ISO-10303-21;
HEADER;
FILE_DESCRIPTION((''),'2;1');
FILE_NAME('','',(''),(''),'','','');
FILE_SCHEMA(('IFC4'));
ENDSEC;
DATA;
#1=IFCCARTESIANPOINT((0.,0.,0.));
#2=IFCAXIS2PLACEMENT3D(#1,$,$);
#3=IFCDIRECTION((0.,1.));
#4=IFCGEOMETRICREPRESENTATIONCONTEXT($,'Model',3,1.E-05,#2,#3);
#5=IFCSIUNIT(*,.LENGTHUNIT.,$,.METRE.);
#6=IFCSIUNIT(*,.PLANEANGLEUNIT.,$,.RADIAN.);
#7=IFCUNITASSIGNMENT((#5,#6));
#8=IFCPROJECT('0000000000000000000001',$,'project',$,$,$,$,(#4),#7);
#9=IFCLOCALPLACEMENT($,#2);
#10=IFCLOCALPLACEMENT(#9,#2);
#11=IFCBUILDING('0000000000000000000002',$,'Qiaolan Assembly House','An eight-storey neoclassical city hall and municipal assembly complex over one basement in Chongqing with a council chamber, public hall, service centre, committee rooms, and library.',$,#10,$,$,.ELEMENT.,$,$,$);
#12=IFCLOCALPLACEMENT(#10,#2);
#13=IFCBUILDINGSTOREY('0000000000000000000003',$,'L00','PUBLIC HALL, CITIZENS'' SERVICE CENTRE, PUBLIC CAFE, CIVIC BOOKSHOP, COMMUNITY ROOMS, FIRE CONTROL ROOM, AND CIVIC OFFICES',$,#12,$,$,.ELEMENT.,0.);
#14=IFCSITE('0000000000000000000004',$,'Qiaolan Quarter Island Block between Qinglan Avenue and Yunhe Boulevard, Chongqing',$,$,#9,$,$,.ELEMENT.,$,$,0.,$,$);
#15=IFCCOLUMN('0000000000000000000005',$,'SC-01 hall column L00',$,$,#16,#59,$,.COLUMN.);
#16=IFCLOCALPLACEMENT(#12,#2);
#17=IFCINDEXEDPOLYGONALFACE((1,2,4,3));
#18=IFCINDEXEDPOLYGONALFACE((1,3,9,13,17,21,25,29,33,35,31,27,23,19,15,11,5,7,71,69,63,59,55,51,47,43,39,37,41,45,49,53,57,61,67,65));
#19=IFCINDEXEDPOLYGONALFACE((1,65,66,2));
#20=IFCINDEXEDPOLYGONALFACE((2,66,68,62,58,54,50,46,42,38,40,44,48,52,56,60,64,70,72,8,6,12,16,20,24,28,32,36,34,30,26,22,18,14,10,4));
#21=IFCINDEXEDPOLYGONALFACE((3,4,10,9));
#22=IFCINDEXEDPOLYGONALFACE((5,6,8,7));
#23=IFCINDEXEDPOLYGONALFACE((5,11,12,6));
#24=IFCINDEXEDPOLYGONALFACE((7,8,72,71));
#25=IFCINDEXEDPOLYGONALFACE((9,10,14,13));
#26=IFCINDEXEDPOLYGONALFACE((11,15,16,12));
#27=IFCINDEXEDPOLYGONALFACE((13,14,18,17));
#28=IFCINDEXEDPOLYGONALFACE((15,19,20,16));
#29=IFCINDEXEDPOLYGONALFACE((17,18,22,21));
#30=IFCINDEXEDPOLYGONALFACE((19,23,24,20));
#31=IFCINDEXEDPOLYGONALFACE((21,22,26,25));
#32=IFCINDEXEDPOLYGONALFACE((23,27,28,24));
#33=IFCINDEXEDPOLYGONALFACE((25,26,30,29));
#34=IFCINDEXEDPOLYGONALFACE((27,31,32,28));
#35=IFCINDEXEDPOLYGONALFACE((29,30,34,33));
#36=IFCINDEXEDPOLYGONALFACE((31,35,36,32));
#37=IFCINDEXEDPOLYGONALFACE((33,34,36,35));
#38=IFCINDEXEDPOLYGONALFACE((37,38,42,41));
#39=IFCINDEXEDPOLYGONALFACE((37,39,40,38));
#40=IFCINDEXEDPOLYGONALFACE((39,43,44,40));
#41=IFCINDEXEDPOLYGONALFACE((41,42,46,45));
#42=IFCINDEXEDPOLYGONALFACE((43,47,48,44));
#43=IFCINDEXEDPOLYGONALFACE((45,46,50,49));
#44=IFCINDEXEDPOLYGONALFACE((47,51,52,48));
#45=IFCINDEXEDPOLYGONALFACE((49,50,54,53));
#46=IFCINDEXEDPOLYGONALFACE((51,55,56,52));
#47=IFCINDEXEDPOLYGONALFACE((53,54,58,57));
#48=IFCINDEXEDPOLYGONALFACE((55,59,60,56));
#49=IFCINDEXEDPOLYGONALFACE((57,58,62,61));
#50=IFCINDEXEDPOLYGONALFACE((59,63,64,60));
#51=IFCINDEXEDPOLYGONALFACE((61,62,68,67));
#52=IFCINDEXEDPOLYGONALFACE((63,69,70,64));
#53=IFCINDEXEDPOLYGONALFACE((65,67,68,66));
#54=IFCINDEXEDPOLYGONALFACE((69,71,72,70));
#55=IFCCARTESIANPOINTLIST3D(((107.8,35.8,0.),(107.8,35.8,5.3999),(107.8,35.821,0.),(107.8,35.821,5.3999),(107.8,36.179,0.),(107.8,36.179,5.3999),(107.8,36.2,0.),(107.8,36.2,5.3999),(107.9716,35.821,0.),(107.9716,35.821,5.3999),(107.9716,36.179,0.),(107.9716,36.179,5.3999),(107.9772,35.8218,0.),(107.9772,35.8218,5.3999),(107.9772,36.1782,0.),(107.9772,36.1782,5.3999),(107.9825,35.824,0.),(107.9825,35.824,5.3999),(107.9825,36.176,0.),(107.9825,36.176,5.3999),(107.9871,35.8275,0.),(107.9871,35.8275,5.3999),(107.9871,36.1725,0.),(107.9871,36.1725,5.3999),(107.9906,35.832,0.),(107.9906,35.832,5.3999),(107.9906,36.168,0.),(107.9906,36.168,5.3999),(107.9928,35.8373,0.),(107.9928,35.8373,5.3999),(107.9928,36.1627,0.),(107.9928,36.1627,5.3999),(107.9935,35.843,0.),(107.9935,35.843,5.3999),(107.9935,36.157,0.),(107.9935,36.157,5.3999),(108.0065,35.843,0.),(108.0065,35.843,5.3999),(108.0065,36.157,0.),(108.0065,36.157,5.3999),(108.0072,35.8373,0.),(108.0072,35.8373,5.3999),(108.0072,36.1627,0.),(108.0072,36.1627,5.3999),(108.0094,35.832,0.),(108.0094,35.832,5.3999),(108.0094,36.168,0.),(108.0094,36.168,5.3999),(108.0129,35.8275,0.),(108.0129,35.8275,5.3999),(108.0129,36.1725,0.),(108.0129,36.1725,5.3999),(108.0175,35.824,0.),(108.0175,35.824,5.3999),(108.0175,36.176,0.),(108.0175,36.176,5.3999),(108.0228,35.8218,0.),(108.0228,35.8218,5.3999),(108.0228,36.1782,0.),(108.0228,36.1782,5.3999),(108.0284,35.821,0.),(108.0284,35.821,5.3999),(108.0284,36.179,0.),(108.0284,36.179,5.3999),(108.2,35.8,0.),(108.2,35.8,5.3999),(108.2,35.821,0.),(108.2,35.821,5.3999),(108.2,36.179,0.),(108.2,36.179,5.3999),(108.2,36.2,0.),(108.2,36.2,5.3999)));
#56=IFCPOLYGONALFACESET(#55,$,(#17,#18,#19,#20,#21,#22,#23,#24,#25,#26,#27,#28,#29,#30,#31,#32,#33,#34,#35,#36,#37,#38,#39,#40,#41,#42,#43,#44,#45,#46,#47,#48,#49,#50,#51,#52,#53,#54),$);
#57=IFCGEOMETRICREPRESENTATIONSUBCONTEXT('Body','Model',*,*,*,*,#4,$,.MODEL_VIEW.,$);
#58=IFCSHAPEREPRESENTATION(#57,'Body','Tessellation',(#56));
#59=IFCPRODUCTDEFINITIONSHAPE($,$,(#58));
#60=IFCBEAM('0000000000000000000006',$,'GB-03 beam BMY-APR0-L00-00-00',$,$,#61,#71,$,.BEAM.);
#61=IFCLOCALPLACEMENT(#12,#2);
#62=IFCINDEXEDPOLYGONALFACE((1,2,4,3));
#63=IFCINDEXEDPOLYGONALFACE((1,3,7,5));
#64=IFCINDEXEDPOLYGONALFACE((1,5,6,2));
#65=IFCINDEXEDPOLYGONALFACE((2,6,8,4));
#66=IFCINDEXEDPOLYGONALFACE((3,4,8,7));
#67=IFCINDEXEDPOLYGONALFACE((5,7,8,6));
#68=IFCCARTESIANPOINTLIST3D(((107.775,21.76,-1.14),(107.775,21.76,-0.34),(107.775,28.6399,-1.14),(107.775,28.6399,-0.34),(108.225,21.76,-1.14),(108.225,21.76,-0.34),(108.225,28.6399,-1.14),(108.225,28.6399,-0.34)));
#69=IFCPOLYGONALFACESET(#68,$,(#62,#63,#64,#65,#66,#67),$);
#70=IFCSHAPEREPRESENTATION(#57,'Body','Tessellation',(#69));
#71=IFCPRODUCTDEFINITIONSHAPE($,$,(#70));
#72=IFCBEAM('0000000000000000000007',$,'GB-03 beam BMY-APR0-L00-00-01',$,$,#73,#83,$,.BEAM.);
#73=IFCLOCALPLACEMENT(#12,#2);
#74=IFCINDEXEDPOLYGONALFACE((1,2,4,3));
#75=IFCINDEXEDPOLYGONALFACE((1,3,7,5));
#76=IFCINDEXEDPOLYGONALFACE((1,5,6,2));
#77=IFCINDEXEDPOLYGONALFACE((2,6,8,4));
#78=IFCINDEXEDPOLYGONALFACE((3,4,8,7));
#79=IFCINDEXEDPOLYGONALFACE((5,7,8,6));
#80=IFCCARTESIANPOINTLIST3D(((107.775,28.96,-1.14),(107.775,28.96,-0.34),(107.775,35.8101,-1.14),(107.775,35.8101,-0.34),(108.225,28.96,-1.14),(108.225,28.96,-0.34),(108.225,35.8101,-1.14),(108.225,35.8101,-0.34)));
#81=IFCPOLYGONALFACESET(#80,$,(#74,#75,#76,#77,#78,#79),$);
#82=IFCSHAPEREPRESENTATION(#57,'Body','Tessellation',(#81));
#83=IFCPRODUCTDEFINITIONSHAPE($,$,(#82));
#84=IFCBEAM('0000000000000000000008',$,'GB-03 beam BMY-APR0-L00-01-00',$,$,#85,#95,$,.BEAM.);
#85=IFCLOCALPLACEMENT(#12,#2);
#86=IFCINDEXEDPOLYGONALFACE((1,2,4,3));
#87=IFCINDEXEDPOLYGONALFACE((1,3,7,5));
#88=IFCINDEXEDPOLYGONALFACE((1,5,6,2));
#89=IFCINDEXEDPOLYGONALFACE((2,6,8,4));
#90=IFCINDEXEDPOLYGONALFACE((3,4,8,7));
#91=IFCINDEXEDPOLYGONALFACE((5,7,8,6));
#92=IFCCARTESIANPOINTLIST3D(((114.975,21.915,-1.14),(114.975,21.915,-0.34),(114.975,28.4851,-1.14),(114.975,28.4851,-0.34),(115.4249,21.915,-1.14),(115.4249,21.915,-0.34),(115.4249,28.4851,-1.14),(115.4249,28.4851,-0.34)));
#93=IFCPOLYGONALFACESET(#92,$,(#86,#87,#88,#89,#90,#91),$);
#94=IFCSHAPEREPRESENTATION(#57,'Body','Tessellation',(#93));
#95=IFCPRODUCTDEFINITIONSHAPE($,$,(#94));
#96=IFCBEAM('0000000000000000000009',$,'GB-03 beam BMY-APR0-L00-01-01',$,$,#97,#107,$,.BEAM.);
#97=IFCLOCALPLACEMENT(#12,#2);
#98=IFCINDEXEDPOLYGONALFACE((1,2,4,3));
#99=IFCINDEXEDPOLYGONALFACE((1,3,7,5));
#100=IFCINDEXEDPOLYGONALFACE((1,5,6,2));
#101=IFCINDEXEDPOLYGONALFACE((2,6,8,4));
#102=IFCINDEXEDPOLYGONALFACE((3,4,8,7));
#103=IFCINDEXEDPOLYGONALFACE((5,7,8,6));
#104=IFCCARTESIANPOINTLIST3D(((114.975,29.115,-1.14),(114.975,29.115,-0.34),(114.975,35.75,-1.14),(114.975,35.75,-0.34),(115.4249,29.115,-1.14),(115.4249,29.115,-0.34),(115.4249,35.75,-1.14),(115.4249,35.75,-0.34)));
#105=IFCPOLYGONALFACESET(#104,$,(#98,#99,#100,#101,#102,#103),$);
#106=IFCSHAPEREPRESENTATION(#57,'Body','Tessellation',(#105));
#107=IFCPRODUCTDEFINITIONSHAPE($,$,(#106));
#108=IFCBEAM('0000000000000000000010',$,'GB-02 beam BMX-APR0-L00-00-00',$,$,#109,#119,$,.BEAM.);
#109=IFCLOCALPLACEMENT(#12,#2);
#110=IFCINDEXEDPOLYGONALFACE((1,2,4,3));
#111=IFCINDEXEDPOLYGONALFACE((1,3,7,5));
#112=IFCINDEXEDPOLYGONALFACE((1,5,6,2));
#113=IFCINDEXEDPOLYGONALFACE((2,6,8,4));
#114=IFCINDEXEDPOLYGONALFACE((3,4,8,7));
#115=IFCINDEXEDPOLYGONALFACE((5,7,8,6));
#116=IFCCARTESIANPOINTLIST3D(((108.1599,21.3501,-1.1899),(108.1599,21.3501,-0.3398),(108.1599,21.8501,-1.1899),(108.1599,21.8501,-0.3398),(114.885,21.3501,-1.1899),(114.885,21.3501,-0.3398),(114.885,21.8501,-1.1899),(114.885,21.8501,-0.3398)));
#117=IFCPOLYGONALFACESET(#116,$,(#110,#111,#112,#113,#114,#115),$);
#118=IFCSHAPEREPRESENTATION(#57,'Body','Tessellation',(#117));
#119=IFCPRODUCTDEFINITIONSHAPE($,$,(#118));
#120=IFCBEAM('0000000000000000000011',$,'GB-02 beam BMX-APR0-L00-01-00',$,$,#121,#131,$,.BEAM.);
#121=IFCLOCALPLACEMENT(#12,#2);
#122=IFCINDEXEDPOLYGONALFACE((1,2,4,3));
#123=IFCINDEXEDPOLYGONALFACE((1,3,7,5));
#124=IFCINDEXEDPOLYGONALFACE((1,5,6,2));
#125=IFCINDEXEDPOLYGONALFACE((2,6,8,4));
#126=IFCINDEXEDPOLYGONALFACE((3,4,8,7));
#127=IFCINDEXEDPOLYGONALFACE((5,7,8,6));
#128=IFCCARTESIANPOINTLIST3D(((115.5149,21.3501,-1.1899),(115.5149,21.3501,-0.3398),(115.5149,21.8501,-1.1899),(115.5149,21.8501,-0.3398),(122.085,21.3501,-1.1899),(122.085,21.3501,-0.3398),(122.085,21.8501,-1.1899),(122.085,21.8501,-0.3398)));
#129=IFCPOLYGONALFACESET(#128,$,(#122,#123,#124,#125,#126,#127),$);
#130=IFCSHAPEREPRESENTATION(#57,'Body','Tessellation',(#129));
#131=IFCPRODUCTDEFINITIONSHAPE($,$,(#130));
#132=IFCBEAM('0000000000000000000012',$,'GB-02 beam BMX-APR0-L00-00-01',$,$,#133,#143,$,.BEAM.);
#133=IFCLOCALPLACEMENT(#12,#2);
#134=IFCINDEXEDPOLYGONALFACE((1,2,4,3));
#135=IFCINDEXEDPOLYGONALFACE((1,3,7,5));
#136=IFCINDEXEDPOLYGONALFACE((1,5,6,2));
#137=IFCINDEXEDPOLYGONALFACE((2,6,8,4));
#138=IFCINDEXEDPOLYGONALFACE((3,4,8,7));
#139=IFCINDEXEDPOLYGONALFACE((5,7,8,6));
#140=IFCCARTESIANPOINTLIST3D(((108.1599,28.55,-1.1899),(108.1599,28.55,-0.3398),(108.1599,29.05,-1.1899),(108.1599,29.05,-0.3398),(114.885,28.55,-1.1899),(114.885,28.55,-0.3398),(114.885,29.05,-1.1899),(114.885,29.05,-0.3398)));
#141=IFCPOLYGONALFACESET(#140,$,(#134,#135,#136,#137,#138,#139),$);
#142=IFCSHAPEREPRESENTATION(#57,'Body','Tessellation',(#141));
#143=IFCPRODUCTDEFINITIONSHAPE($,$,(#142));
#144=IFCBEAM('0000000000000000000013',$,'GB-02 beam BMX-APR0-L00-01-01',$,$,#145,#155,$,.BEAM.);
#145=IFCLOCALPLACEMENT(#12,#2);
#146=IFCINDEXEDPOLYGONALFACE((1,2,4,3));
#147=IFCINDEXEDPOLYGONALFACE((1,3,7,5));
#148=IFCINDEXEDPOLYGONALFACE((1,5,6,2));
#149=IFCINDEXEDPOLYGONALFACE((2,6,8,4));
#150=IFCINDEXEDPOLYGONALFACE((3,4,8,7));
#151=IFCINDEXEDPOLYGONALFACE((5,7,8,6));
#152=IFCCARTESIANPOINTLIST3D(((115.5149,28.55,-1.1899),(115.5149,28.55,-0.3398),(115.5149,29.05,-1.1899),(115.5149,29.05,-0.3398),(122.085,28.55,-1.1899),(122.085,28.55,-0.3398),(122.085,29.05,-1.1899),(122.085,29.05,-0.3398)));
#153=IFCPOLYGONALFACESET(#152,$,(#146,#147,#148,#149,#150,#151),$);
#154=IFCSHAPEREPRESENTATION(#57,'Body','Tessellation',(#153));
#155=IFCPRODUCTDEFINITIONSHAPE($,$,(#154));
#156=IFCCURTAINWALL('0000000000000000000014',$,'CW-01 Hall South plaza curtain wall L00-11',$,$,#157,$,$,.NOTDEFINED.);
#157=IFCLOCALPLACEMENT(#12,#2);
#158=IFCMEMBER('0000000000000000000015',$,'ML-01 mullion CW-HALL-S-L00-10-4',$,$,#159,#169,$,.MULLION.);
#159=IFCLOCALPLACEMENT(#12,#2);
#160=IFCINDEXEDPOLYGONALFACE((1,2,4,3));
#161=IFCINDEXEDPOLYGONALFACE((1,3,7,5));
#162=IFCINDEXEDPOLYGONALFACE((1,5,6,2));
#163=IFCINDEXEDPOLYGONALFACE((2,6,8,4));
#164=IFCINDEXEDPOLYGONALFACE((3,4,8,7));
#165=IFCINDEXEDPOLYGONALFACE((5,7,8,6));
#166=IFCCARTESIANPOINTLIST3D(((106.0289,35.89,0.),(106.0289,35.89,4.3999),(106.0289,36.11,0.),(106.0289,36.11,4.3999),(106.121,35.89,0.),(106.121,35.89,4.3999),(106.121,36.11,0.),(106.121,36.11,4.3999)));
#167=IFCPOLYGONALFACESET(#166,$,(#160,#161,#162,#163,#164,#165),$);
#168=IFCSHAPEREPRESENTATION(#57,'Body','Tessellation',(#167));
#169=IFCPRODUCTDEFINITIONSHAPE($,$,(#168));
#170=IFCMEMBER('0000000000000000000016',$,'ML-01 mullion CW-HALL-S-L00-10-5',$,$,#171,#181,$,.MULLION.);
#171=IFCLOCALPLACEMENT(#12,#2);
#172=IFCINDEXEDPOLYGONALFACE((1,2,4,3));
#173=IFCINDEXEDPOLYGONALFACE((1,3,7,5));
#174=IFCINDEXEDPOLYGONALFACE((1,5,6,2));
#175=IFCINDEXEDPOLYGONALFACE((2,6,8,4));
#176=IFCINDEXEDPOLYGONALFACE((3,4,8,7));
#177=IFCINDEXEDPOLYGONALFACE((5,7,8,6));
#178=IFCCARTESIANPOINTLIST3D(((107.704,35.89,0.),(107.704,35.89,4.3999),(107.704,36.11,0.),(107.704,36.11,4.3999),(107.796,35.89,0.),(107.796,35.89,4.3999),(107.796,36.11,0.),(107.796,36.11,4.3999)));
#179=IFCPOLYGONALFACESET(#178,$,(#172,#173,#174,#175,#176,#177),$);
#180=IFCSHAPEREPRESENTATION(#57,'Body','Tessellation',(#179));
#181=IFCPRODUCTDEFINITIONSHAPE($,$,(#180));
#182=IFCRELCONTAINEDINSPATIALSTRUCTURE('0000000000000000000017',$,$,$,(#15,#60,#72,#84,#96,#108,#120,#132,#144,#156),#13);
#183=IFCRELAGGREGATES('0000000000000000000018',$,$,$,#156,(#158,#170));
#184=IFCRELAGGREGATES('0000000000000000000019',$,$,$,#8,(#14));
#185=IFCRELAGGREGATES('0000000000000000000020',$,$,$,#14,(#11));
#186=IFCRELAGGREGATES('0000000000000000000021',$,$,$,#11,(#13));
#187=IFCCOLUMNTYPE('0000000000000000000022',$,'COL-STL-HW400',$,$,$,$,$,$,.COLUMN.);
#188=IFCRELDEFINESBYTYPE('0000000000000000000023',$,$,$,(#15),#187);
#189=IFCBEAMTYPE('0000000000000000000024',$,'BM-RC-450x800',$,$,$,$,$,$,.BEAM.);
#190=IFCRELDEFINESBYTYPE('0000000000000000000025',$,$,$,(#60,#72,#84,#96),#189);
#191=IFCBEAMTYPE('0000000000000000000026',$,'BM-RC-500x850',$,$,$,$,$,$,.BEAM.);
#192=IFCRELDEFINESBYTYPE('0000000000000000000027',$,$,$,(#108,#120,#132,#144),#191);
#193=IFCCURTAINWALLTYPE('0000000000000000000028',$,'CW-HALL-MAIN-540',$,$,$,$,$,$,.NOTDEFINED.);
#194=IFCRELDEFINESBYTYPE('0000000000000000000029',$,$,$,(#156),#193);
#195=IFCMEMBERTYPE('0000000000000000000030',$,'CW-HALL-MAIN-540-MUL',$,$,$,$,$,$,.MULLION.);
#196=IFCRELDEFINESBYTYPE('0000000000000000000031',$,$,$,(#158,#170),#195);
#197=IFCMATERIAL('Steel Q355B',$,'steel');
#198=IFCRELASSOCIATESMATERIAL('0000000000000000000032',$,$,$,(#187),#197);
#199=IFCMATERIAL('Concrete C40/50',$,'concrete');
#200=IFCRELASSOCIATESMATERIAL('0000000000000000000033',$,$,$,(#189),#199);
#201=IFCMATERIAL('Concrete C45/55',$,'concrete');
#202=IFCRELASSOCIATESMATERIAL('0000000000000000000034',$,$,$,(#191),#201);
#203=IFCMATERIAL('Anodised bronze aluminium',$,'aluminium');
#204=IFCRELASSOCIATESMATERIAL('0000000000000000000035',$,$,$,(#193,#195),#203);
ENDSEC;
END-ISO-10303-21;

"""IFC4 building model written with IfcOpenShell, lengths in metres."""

from ifc_helpers import new_model, si_unit, direction, frame, origin, origin_2d, place, context, subcontext, project, spatial, rectangle, i_section, extrude, material, material_profile, profile_set, type_object, element, aggregate, save


model = new_model("IFC4")

# Units and contexts
model_context = context("Model", 3, precision=1e-05, world=origin(), true_north=direction((0.0, 1.0)))
body_context = subcontext(model_context, "Body", "Model", "MODEL_VIEW")
ifc_project = project(units=[si_unit("LENGTHUNIT", "METRE"), si_unit("PLANEANGLEUNIT", "RADIAN")], contexts=[model_context])

# Site, building, storey
site_placement = place(None, origin())
site = spatial("IfcSite", under=ifc_project, at=site_placement, Name="Qiaolan Quarter Island Block between Qinglan Avenue and Yunhe Boulevard, Chongqing", CompositionType="ELEMENT", RefElevation=0.0)
building_placement = place(site_placement, origin())
building = spatial("IfcBuilding", under=site, at=building_placement, Name="Qiaolan Assembly House", Description="An eight-storey neoclassical city hall and municipal assembly complex over one basement in Chongqing with a council chamber, public hall, service centre, committee rooms, and library.", CompositionType="ELEMENT")
storey_placement = place(building_placement, origin())
storey = spatial("IfcBuildingStorey", under=building, at=storey_placement, Name="L00", Description="PUBLIC HALL, CITIZENS' SERVICE CENTRE, PUBLIC CAFE, CIVIC BOOKSHOP, COMMUNITY ROOMS, FIRE CONTROL ROOM, AND CIVIC OFFICES", CompositionType="ELEMENT", Elevation=0.0)

# Column
ifc_material_1 = material(Name="Steel Q355B", Category="steel")
ifc_material_profile_1 = material_profile(ifc_material_1, i_section(OverallWidth=0.3999, OverallDepth=0.3999, WebThickness=0.0129, FlangeThickness=0.021, FilletRadius=0.022, at=origin_2d()), Name="HW 400x400x13x21")
ifc_profile_set_1 = profile_set([ifc_material_profile_1], Name="Steel Q355B")
column_type = type_object("IfcColumnType", Name="COL-STL-HW400", PredefinedType="COLUMN", material=ifc_profile_set_1)
column_placement = place(storey_placement, frame((108.0, 36.0, 0.0), z_axis=(0.0, 0.0, 1.0), x_axis=(1.0, 0.0, 0.0)))
element("IfcColumn", 1, at=column_placement, inside=storey, type_object=column_type, Name="SC-01 hall column L00", PredefinedType="COLUMN", context=body_context, shape_type="SweptSolid", body=[
    extrude(i_section(OverallWidth=0.3999, OverallDepth=0.3999, WebThickness=0.0129, FlangeThickness=0.021, FilletRadius=0.022, at=origin_2d()), origin(), (0.0, 0.0, 1.0), 5.3999),
])

# Beams
ifc_material_2 = material(Name="Concrete C40/50", Category="concrete")
ifc_material_profile_2 = material_profile(ifc_material_2, rectangle(XDim=0.45, YDim=0.8, at=origin_2d()), Name="RCB 450x800")
ifc_profile_set_2 = profile_set([ifc_material_profile_2], Name="Concrete C40/50")
beam_type_1 = type_object("IfcBeamType", Name="BM-RC-450x800", PredefinedType="BEAM", material=ifc_profile_set_2)
beam_1_placement = place(storey_placement, frame((108.0, 21.76, -0.74), z_axis=(0.0, 1.0, 0.0), x_axis=(-1.0, 0.0, 0.0)))
element("IfcBeam", 2, at=beam_1_placement, inside=storey, type_object=beam_type_1, Name="GB-03 beam BMY-APR0-L00-00-00", PredefinedType="BEAM", context=body_context, shape_type="SweptSolid", body=[
    extrude(rectangle(XDim=0.45, YDim=0.8, at=origin_2d()), origin(), (0.0, 0.0, 1.0), 6.8799),
])
beam_2_placement = place(storey_placement, frame((108.0, 28.96, -0.74), z_axis=(0.0, 1.0, 0.0), x_axis=(-1.0, 0.0, 0.0)))
element("IfcBeam", 3, at=beam_2_placement, inside=storey, type_object=beam_type_1, Name="GB-03 beam BMY-APR0-L00-00-01", PredefinedType="BEAM", context=body_context, shape_type="SweptSolid", body=[
    extrude(rectangle(XDim=0.45, YDim=0.8, at=origin_2d()), origin(), (0.0, 0.0, 1.0), 6.8501),
])
beam_3_placement = place(storey_placement, frame((115.2, 21.915, -0.74), z_axis=(0.0, 1.0, 0.0), x_axis=(-1.0, 0.0, 0.0)))
element("IfcBeam", 4, at=beam_3_placement, inside=storey, type_object=beam_type_1, Name="GB-03 beam BMY-APR0-L00-01-00", PredefinedType="BEAM", context=body_context, shape_type="SweptSolid", body=[
    extrude(rectangle(XDim=0.45, YDim=0.8, at=origin_2d()), origin(), (0.0, 0.0, 1.0), 6.5701),
])
beam_4_placement = place(storey_placement, frame((115.2, 29.115, -0.74), z_axis=(0.0, 1.0, 0.0), x_axis=(-1.0, 0.0, 0.0)))
element("IfcBeam", 5, at=beam_4_placement, inside=storey, type_object=beam_type_1, Name="GB-03 beam BMY-APR0-L00-01-01", PredefinedType="BEAM", context=body_context, shape_type="SweptSolid", body=[
    extrude(rectangle(XDim=0.45, YDim=0.8, at=origin_2d()), origin(), (0.0, 0.0, 1.0), 6.635),
])
ifc_material_3 = material(Name="Concrete C45/55", Category="concrete")
ifc_material_profile_3 = material_profile(ifc_material_3, rectangle(XDim=0.5, YDim=0.8501, at=origin_2d()), Name="RCB 500x850")
ifc_profile_set_3 = profile_set([ifc_material_profile_3], Name="Concrete C45/55")
beam_type_2 = type_object("IfcBeamType", Name="BM-RC-500x850", PredefinedType="BEAM", material=ifc_profile_set_3)
beam_5_placement = place(storey_placement, frame((108.1599, 21.6001, -0.7649), z_axis=(1.0, 0.0, 0.0), x_axis=(0.0, 1.0, 0.0)))
element("IfcBeam", 6, at=beam_5_placement, inside=storey, type_object=beam_type_2, Name="GB-02 beam BMX-APR0-L00-00-00", PredefinedType="BEAM", context=body_context, shape_type="SweptSolid", body=[
    extrude(rectangle(XDim=0.5, YDim=0.8501, at=origin_2d()), origin(), (0.0, 0.0, 1.0), 6.7251),
])
beam_6_placement = place(storey_placement, frame((115.5149, 21.6001, -0.7649), z_axis=(1.0, 0.0, 0.0), x_axis=(0.0, 1.0, 0.0)))
element("IfcBeam", 7, at=beam_6_placement, inside=storey, type_object=beam_type_2, Name="GB-02 beam BMX-APR0-L00-01-00", PredefinedType="BEAM", context=body_context, shape_type="SweptSolid", body=[
    extrude(rectangle(XDim=0.5, YDim=0.8501, at=origin_2d()), origin(), (0.0, 0.0, 1.0), 6.5701),
])
beam_7_placement = place(storey_placement, frame((108.1599, 28.8, -0.7649), z_axis=(1.0, 0.0, 0.0), x_axis=(0.0, 1.0, 0.0)))
element("IfcBeam", 8, at=beam_7_placement, inside=storey, type_object=beam_type_2, Name="GB-02 beam BMX-APR0-L00-00-01", PredefinedType="BEAM", context=body_context, shape_type="SweptSolid", body=[
    extrude(rectangle(XDim=0.5, YDim=0.8501, at=origin_2d()), origin(), (0.0, 0.0, 1.0), 6.7251),
])
beam_8_placement = place(storey_placement, frame((115.5149, 28.8, -0.7649), z_axis=(1.0, 0.0, 0.0), x_axis=(0.0, 1.0, 0.0)))
element("IfcBeam", 9, at=beam_8_placement, inside=storey, type_object=beam_type_2, Name="GB-02 beam BMX-APR0-L00-01-01", PredefinedType="BEAM", context=body_context, shape_type="SweptSolid", body=[
    extrude(rectangle(XDim=0.5, YDim=0.8501, at=origin_2d()), origin(), (0.0, 0.0, 1.0), 6.5701),
])

# Curtain wall, members
ifc_material_4 = material(Name="Anodised bronze aluminium", Category="aluminium")
curtain_wall_type = type_object("IfcCurtainWallType", Name="CW-HALL-MAIN-540", PredefinedType="NOTDEFINED", material=ifc_material_4)
curtain_wall_placement = place(storey_placement, origin())
curtain_wall = element("IfcCurtainWall", 10, at=curtain_wall_placement, inside=storey, type_object=curtain_wall_type, Name="CW-01 Hall South plaza curtain wall L00-11", PredefinedType="NOTDEFINED")
ifc_material_profile_4 = material_profile(ifc_material_4, rectangle(XDim=0.092, YDim=0.22, at=origin_2d()), Name="MUL 92x220")
ifc_profile_set_4 = profile_set([ifc_material_profile_4], Name="Anodised bronze aluminium")
member_type_1 = type_object("IfcMemberType", Name="CW-HALL-MAIN-540-MUL", PredefinedType="MULLION", material=ifc_profile_set_4)
member_1_placement = place(storey_placement, frame((106.075, 36.0, 0.0), z_axis=(0.0, 0.0, 1.0), x_axis=(1.0, 0.0, 0.0)))
member_1 = element("IfcMember", 11, at=member_1_placement, type_object=member_type_1, Name="ML-01 mullion CW-HALL-S-L00-10-4", PredefinedType="MULLION", context=body_context, shape_type="SweptSolid", body=[
    extrude(rectangle(XDim=0.092, YDim=0.22, at=origin_2d()), origin(), (0.0, 0.0, 1.0), 4.3999),
])
member_2_placement = place(storey_placement, frame((107.75, 36.0, 0.0), z_axis=(0.0, 0.0, 1.0), x_axis=(1.0, 0.0, 0.0)))
member_2 = element("IfcMember", 12, at=member_2_placement, type_object=member_type_1, Name="ML-01 mullion CW-HALL-S-L00-10-5", PredefinedType="MULLION", context=body_context, shape_type="SweptSolid", body=[
    extrude(rectangle(XDim=0.092, YDim=0.22, at=origin_2d()), origin(), (0.0, 0.0, 1.0), 4.3999),
])
aggregate(curtain_wall, [member_1, member_2])

save(model, "model.ifc")
